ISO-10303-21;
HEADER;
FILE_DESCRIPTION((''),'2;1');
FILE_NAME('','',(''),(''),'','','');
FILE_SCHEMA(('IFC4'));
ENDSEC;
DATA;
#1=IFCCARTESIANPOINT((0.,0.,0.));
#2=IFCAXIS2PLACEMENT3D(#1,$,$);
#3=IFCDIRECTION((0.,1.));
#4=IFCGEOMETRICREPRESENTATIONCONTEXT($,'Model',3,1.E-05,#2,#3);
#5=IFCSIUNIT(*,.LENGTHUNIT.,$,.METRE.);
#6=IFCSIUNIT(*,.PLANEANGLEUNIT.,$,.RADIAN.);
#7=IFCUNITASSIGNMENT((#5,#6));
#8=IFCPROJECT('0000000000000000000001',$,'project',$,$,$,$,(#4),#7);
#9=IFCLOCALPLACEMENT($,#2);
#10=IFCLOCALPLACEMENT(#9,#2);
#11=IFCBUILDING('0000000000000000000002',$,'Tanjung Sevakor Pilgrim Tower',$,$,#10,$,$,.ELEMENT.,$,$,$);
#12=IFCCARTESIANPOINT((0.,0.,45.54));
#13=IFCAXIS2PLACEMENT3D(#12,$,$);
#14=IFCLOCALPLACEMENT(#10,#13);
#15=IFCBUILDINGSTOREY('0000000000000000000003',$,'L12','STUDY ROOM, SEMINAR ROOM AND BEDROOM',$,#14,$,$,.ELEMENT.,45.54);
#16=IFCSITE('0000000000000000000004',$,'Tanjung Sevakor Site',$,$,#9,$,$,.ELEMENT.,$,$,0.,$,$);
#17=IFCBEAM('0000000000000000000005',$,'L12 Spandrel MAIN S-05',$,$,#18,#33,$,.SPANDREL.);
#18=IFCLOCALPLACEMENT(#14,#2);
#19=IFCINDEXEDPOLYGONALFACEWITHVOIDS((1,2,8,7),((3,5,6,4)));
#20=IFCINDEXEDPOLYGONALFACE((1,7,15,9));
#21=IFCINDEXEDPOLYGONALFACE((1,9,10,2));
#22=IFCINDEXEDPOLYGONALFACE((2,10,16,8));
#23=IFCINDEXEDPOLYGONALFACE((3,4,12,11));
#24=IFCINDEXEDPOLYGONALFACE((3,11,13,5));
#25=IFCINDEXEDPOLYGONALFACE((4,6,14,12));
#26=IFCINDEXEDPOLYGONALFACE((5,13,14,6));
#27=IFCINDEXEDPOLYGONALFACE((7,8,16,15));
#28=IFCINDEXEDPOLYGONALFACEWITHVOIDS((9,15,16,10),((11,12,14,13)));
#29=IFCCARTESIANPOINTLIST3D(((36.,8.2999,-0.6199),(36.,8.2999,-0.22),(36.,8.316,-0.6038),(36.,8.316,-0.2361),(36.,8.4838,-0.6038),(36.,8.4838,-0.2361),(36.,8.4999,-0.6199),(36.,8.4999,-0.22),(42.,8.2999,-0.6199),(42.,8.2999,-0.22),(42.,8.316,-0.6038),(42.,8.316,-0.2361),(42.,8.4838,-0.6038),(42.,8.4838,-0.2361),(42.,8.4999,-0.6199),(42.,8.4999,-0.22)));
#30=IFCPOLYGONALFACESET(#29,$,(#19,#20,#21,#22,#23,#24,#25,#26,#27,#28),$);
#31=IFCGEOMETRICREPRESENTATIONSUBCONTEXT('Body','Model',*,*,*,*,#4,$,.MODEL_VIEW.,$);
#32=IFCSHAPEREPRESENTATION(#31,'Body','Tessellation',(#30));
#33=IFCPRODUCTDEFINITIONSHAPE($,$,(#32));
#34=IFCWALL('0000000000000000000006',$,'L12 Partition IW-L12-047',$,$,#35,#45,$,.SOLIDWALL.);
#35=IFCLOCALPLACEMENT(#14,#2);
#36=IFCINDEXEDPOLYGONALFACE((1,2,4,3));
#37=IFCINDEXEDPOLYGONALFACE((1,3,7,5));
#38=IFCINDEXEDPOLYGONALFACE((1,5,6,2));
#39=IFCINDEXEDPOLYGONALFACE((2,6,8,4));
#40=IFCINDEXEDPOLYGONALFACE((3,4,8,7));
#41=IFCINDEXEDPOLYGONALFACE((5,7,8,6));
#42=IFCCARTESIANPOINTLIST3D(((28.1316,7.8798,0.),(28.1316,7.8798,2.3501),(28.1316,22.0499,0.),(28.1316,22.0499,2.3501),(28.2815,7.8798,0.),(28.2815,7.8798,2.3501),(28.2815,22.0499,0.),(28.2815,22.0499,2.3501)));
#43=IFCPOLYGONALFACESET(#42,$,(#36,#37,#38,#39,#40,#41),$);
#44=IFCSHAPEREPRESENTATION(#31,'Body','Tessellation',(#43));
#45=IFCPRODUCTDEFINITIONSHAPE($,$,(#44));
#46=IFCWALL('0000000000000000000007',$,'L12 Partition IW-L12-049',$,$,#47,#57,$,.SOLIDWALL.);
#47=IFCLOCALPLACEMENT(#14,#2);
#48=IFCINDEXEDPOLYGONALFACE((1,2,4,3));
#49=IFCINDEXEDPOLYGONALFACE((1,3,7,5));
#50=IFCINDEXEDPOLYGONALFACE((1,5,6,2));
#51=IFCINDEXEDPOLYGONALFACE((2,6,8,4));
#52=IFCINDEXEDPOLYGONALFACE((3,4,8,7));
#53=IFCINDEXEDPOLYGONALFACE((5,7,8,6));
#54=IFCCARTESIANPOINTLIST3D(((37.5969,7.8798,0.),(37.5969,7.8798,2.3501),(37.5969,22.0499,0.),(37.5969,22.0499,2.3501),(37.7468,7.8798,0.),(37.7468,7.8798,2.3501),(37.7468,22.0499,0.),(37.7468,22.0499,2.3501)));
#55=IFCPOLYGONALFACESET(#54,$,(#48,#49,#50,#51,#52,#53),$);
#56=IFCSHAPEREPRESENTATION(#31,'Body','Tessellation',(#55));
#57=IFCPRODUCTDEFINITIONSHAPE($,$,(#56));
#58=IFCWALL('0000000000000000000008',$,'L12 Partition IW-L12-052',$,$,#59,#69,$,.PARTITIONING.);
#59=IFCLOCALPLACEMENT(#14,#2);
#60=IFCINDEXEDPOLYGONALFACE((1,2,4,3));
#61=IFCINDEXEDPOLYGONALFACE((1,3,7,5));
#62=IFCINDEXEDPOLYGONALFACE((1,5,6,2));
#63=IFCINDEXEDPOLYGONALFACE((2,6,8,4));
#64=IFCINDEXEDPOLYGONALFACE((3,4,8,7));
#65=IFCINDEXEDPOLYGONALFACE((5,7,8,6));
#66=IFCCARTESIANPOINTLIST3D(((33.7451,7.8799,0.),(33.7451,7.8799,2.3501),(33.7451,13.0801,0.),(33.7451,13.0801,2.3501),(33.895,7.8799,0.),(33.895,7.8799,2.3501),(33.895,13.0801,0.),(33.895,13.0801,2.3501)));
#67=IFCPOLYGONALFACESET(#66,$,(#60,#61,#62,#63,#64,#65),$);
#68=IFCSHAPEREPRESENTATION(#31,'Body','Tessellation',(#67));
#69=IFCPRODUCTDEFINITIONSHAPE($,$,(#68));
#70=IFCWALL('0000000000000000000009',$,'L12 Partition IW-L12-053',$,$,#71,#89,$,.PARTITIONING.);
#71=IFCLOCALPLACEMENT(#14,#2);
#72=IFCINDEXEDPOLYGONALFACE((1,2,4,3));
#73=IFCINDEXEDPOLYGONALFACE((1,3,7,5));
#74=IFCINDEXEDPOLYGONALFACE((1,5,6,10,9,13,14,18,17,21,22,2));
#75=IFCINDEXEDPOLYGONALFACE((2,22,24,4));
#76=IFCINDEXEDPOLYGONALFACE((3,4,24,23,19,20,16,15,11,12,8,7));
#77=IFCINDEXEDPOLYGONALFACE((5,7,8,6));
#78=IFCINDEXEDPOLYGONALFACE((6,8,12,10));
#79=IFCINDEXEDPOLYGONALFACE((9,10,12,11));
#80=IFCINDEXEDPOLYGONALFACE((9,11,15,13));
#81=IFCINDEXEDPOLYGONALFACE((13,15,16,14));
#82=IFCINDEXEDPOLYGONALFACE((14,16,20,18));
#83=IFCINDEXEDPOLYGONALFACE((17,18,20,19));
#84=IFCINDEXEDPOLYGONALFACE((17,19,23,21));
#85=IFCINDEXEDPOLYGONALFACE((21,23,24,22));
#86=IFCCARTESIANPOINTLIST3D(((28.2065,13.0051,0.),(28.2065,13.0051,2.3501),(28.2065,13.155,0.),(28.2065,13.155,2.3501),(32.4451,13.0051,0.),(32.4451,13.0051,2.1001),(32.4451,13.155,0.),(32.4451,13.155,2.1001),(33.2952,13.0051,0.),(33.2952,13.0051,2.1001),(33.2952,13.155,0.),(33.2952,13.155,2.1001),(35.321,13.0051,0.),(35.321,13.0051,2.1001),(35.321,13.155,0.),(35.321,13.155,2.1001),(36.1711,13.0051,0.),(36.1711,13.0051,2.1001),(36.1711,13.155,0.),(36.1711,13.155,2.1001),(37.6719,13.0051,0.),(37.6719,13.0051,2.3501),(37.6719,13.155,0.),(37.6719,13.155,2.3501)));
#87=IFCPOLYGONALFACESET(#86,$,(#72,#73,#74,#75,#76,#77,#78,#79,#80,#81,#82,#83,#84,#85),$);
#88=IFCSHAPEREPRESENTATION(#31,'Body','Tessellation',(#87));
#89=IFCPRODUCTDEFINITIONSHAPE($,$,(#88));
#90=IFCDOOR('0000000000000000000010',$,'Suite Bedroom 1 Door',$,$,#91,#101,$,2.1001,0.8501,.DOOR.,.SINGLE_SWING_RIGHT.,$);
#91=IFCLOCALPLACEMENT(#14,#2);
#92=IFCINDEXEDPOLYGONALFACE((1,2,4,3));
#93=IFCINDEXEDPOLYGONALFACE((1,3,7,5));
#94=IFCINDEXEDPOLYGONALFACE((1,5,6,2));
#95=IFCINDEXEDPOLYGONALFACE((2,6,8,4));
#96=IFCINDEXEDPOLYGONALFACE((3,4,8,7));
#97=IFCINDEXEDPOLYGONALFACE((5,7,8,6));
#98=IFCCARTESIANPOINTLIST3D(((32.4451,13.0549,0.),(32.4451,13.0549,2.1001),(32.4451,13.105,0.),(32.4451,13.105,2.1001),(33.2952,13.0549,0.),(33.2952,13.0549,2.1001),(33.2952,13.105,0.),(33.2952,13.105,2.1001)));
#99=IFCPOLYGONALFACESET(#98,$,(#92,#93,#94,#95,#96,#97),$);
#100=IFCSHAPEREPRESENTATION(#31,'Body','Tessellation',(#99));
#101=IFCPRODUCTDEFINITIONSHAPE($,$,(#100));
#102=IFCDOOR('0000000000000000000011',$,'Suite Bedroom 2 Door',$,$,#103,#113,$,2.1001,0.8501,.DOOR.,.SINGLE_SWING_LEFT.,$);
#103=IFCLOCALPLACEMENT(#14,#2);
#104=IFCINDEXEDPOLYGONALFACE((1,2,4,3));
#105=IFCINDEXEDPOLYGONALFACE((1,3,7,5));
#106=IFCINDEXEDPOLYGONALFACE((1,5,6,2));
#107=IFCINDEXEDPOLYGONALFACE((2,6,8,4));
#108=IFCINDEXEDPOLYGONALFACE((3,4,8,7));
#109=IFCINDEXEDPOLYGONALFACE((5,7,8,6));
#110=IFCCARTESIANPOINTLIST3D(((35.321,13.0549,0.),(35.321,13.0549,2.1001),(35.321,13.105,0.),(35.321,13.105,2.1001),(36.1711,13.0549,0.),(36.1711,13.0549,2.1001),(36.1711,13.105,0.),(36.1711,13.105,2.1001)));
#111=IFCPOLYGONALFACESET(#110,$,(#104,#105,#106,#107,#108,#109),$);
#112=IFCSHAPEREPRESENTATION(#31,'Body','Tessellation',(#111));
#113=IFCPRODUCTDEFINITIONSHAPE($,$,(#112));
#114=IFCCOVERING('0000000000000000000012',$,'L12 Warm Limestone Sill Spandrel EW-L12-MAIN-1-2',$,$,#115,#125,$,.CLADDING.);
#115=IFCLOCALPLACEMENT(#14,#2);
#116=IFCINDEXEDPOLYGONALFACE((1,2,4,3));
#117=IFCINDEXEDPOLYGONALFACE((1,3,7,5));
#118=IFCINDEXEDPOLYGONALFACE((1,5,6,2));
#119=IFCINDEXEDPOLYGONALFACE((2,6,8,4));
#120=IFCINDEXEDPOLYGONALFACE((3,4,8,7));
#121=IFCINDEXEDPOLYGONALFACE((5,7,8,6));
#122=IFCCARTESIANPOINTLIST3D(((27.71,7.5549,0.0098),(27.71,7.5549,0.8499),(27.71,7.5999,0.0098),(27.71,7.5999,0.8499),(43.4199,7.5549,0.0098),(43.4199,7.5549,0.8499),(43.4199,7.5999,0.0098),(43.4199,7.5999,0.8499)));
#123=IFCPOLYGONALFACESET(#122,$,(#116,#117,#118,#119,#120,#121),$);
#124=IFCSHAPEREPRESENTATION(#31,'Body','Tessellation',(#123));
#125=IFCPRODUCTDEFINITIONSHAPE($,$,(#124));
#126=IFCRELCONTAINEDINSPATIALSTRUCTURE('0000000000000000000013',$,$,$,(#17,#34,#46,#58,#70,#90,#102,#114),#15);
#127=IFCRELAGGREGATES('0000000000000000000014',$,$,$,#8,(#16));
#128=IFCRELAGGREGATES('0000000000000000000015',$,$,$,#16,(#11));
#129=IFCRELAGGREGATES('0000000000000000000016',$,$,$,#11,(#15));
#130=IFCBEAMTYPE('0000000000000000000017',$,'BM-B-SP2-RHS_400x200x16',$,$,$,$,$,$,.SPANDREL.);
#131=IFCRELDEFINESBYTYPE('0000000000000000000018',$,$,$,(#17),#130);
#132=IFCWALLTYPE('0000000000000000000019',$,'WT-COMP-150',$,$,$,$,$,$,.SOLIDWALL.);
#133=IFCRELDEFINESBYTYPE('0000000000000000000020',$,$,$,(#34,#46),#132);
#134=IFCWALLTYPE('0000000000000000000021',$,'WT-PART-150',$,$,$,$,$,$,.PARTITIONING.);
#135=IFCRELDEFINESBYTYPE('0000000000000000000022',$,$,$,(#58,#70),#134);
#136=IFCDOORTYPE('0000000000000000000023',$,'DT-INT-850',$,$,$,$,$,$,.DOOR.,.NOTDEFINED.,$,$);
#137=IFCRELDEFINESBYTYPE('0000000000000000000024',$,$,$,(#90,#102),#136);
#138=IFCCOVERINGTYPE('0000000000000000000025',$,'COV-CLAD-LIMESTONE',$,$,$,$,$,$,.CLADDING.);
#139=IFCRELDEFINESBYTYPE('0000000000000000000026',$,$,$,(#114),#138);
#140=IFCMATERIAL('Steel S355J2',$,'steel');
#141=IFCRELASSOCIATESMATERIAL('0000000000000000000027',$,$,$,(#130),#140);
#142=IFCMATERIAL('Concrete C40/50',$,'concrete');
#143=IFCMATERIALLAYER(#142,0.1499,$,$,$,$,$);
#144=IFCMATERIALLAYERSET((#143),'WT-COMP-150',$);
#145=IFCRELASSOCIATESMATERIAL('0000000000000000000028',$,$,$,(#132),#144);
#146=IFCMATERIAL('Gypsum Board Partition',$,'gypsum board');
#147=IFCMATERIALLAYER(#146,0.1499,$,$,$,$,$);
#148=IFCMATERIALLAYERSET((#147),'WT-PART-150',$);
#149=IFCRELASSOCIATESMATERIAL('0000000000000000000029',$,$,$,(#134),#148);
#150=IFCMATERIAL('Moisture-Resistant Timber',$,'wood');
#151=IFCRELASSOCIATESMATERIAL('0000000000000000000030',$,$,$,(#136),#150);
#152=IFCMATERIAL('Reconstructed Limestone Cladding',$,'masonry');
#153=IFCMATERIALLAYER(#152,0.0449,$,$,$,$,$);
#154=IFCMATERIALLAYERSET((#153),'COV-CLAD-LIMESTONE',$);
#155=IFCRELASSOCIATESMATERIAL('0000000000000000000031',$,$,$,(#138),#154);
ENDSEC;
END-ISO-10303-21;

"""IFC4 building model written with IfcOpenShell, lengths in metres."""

from ifc_helpers import new_model, si_unit, direction, frame, frame_2d, origin, origin_2d, place, context, subcontext, project, spatial, rectangle, hollow_rectangle, extrude, material, layer, layer_set, material_profile, profile_set, type_object, element, fill, save


model = new_model("IFC4")

# Units and contexts
model_context = context("Model", 3, precision=1e-05, world=origin(), true_north=direction((0.0, 1.0)))
body_context = subcontext(model_context, "Body", "Model", "MODEL_VIEW")
ifc_project = project(units=[si_unit("LENGTHUNIT", "METRE"), si_unit("PLANEANGLEUNIT", "RADIAN")], contexts=[model_context])

# Site, building, storey
site_placement = place(None, origin())
site = spatial("IfcSite", under=ifc_project, at=site_placement, Name="Tanjung Sevakor Site", CompositionType="ELEMENT", RefElevation=0.0)
building_placement = place(site_placement, origin())
building = spatial("IfcBuilding", under=site, at=building_placement, Name="Tanjung Sevakor Pilgrim Tower", CompositionType="ELEMENT")
storey_placement = place(building_placement, frame((0.0, 0.0, 45.54)))
storey = spatial("IfcBuildingStorey", under=building, at=storey_placement, Name="L12", Description="STUDY ROOM, SEMINAR ROOM AND BEDROOM", CompositionType="ELEMENT", Elevation=45.54)

# Beam
ifc_material_1 = material(Name="Steel S355J2", Category="steel")
ifc_material_profile_1 = material_profile(ifc_material_1, hollow_rectangle(XDim=0.2, YDim=0.3999, WallThickness=0.0161, at=origin_2d()))
ifc_profile_set_1 = profile_set([ifc_material_profile_1], Name="Steel S355J2")
beam_type_1 = type_object("IfcBeamType", Name="BM-B-SP2-RHS_400x200x16", PredefinedType="SPANDREL", material=ifc_profile_set_1)
for number, where, z_axis, x_axis, name in (
    (1, (36.0, 8.3999, -0.4199), (1.0, 0.0, 0.0), (0.0, 1.0, 0.0), "L12 Spandrel MAIN S-05"),
):
    element("IfcBeam", number, at=place(storey_placement, frame(where, z_axis=z_axis, x_axis=x_axis)), inside=storey, type_object=beam_type_1, Name=name, PredefinedType="SPANDREL", context=body_context, shape_type="SweptSolid", body=[
        extrude(hollow_rectangle(XDim=0.2, YDim=0.3999, WallThickness=0.0161, at=origin_2d()), origin(), (0.0, 0.0, 1.0), 6.0),
    ])

# Walls
ifc_material_2 = material(Name="Concrete C40/50", Category="concrete")
ifc_layer_1 = layer(ifc_material_2, 0.1499)
ifc_layer_set_1 = layer_set([ifc_layer_1], Name="WT-COMP-150")
wall_type_1 = type_object("IfcWallType", Name="WT-COMP-150", PredefinedType="SOLIDWALL", material=ifc_layer_set_1)
for number, where, z_axis, x_axis, name in (
    (2, (28.2065, 7.8799, 0.0), (0.0, 0.0, 1.0), (0.0, 1.0, 0.0), "L12 Partition IW-L12-047"),
    (3, (37.6719, 7.8799, 0.0), (0.0, 0.0, 1.0), (0.0, 1.0, 0.0), "L12 Partition IW-L12-049"),
):
    element("IfcWall", number, at=place(storey_placement, frame(where, z_axis=z_axis, x_axis=x_axis)), inside=storey, type_object=wall_type_1, Name=name, PredefinedType="SOLIDWALL", context=body_context, shape_type="SweptSolid", body=[
        extrude(rectangle(XDim=14.1702, YDim=0.1499, at=frame_2d((7.085, 0.0))), origin(), (0.0, 0.0, 1.0), 2.3501),
    ])
ifc_material_3 = material(Name="Gypsum Board Partition", Category="gypsum board")
ifc_layer_2 = layer(ifc_material_3, 0.1499)
ifc_layer_set_2 = layer_set([ifc_layer_2], Name="WT-PART-150")
wall_type_2 = type_object("IfcWallType", Name="WT-PART-150", PredefinedType="PARTITIONING", material=ifc_layer_set_2)
wall_1_placement = place(storey_placement, frame((33.8201, 7.8799, 0.0), z_axis=(0.0, 0.0, 1.0), x_axis=(0.0, 1.0, 0.0)))
element("IfcWall", 4, at=wall_1_placement, inside=storey, type_object=wall_type_2, Name="L12 Partition IW-L12-052", PredefinedType="PARTITIONING", context=body_context, shape_type="SweptSolid", body=[
    extrude(rectangle(XDim=5.2002, YDim=0.1499, at=frame_2d((2.6001, 0.0))), origin(), (0.0, 0.0, 1.0), 2.3501),
])

# Wall, openings, doors
wall_2_placement = place(storey_placement, frame((28.2065, 13.0801, 0.0), z_axis=(0.0, 0.0, 1.0), x_axis=(1.0, 0.0, 0.0)))
wall_2 = element("IfcWall", 5, at=wall_2_placement, inside=storey, type_object=wall_type_2, Name="L12 Partition IW-L12-053", PredefinedType="PARTITIONING", context=body_context, shape_type="SweptSolid", body=[
    extrude(rectangle(XDim=9.4653, YDim=0.1499, at=frame_2d((4.7327, 0.0))), origin(), (0.0, 0.0, 1.0), 2.3501),
])
opening_1_placement = place(wall_2_placement, frame((4.2385, 0.0, 0.0)))
opening_1 = element("IfcOpeningElement", 6, at=opening_1_placement, cuts=wall_2, PredefinedType="OPENING", context=body_context, shape_type="SweptSolid", body=[
    extrude(rectangle(XDim=0.8501, YDim=2.1001, at=frame_2d((0.425, 1.05))), frame((0.0, 0.085, 0.0), z_axis=(0.0, -1.0, 0.0), x_axis=(1.0, 0.0, 0.0)), (0.0, 0.0, 1.0), 0.1699),
])
opening_2_placement = place(wall_2_placement, frame((7.1145, 0.0, 0.0)))
opening_2 = element("IfcOpeningElement", 7, at=opening_2_placement, cuts=wall_2, PredefinedType="OPENING", context=body_context, shape_type="SweptSolid", body=[
    extrude(rectangle(XDim=0.8501, YDim=2.1001, at=frame_2d((0.425, 1.05))), frame((0.0, 0.085, 0.0), z_axis=(0.0, -1.0, 0.0), x_axis=(1.0, 0.0, 0.0)), (0.0, 0.0, 1.0), 0.1699),
])
ifc_material_4 = material(Name="Moisture-Resistant Timber", Category="wood")
door_type = type_object("IfcDoorType", Name="DT-INT-850", OperationType="NOTDEFINED", PredefinedType="DOOR", material=ifc_material_4)
door_1_placement = place(opening_1_placement, origin())
door_1 = element("IfcDoor", 8, at=door_1_placement, inside=storey, type_object=door_type, Name="Suite Bedroom 1 Door", OperationType="SINGLE_SWING_RIGHT", OverallHeight=2.1001, OverallWidth=0.8501, PredefinedType="DOOR", context=body_context, shape_type="SweptSolid", body=[
    extrude(rectangle(XDim=0.8501, YDim=2.1001, at=frame_2d((0.425, 1.05))), frame((0.0, 0.0249, 0.0), z_axis=(0.0, -1.0, 0.0), x_axis=(1.0, 0.0, 0.0)), (0.0, 0.0, 1.0), 0.05),
])
fill(opening_1, door_1)
door_2_placement = place(opening_2_placement, origin())
door_2 = element("IfcDoor", 9, at=door_2_placement, inside=storey, type_object=door_type, Name="Suite Bedroom 2 Door", OperationType="SINGLE_SWING_LEFT", OverallHeight=2.1001, OverallWidth=0.8501, PredefinedType="DOOR", context=body_context, shape_type="SweptSolid", body=[
    extrude(rectangle(XDim=0.8501, YDim=2.1001, at=frame_2d((0.425, 1.05))), frame((0.0, 0.0249, 0.0), z_axis=(0.0, -1.0, 0.0), x_axis=(1.0, 0.0, 0.0)), (0.0, 0.0, 1.0), 0.05),
])
fill(opening_2, door_2)

# Covering
ifc_material_5 = material(Name="Reconstructed Limestone Cladding", Category="masonry")
ifc_layer_3 = layer(ifc_material_5, 0.0449)
ifc_layer_set_3 = layer_set([ifc_layer_3], Name="COV-CLAD-LIMESTONE")
covering_type = type_object("IfcCoveringType", Name="COV-CLAD-LIMESTONE", PredefinedType="CLADDING", material=ifc_layer_set_3)
covering_placement = place(storey_placement, frame((35.5649, 7.5774, 0.0098), z_axis=(0.0, 0.0, 1.0), x_axis=(1.0, 0.0, 0.0)))
element("IfcCovering", 10, at=covering_placement, inside=storey, type_object=covering_type, Name="L12 Warm Limestone Sill Spandrel EW-L12-MAIN-1-2", PredefinedType="CLADDING", context=body_context, shape_type="SweptSolid", body=[
    extrude(rectangle(XDim=15.71, YDim=0.0449, at=origin_2d()), origin(), (0.0, 0.0, 1.0), 0.8401),
])

save(model, "model.ifc")
